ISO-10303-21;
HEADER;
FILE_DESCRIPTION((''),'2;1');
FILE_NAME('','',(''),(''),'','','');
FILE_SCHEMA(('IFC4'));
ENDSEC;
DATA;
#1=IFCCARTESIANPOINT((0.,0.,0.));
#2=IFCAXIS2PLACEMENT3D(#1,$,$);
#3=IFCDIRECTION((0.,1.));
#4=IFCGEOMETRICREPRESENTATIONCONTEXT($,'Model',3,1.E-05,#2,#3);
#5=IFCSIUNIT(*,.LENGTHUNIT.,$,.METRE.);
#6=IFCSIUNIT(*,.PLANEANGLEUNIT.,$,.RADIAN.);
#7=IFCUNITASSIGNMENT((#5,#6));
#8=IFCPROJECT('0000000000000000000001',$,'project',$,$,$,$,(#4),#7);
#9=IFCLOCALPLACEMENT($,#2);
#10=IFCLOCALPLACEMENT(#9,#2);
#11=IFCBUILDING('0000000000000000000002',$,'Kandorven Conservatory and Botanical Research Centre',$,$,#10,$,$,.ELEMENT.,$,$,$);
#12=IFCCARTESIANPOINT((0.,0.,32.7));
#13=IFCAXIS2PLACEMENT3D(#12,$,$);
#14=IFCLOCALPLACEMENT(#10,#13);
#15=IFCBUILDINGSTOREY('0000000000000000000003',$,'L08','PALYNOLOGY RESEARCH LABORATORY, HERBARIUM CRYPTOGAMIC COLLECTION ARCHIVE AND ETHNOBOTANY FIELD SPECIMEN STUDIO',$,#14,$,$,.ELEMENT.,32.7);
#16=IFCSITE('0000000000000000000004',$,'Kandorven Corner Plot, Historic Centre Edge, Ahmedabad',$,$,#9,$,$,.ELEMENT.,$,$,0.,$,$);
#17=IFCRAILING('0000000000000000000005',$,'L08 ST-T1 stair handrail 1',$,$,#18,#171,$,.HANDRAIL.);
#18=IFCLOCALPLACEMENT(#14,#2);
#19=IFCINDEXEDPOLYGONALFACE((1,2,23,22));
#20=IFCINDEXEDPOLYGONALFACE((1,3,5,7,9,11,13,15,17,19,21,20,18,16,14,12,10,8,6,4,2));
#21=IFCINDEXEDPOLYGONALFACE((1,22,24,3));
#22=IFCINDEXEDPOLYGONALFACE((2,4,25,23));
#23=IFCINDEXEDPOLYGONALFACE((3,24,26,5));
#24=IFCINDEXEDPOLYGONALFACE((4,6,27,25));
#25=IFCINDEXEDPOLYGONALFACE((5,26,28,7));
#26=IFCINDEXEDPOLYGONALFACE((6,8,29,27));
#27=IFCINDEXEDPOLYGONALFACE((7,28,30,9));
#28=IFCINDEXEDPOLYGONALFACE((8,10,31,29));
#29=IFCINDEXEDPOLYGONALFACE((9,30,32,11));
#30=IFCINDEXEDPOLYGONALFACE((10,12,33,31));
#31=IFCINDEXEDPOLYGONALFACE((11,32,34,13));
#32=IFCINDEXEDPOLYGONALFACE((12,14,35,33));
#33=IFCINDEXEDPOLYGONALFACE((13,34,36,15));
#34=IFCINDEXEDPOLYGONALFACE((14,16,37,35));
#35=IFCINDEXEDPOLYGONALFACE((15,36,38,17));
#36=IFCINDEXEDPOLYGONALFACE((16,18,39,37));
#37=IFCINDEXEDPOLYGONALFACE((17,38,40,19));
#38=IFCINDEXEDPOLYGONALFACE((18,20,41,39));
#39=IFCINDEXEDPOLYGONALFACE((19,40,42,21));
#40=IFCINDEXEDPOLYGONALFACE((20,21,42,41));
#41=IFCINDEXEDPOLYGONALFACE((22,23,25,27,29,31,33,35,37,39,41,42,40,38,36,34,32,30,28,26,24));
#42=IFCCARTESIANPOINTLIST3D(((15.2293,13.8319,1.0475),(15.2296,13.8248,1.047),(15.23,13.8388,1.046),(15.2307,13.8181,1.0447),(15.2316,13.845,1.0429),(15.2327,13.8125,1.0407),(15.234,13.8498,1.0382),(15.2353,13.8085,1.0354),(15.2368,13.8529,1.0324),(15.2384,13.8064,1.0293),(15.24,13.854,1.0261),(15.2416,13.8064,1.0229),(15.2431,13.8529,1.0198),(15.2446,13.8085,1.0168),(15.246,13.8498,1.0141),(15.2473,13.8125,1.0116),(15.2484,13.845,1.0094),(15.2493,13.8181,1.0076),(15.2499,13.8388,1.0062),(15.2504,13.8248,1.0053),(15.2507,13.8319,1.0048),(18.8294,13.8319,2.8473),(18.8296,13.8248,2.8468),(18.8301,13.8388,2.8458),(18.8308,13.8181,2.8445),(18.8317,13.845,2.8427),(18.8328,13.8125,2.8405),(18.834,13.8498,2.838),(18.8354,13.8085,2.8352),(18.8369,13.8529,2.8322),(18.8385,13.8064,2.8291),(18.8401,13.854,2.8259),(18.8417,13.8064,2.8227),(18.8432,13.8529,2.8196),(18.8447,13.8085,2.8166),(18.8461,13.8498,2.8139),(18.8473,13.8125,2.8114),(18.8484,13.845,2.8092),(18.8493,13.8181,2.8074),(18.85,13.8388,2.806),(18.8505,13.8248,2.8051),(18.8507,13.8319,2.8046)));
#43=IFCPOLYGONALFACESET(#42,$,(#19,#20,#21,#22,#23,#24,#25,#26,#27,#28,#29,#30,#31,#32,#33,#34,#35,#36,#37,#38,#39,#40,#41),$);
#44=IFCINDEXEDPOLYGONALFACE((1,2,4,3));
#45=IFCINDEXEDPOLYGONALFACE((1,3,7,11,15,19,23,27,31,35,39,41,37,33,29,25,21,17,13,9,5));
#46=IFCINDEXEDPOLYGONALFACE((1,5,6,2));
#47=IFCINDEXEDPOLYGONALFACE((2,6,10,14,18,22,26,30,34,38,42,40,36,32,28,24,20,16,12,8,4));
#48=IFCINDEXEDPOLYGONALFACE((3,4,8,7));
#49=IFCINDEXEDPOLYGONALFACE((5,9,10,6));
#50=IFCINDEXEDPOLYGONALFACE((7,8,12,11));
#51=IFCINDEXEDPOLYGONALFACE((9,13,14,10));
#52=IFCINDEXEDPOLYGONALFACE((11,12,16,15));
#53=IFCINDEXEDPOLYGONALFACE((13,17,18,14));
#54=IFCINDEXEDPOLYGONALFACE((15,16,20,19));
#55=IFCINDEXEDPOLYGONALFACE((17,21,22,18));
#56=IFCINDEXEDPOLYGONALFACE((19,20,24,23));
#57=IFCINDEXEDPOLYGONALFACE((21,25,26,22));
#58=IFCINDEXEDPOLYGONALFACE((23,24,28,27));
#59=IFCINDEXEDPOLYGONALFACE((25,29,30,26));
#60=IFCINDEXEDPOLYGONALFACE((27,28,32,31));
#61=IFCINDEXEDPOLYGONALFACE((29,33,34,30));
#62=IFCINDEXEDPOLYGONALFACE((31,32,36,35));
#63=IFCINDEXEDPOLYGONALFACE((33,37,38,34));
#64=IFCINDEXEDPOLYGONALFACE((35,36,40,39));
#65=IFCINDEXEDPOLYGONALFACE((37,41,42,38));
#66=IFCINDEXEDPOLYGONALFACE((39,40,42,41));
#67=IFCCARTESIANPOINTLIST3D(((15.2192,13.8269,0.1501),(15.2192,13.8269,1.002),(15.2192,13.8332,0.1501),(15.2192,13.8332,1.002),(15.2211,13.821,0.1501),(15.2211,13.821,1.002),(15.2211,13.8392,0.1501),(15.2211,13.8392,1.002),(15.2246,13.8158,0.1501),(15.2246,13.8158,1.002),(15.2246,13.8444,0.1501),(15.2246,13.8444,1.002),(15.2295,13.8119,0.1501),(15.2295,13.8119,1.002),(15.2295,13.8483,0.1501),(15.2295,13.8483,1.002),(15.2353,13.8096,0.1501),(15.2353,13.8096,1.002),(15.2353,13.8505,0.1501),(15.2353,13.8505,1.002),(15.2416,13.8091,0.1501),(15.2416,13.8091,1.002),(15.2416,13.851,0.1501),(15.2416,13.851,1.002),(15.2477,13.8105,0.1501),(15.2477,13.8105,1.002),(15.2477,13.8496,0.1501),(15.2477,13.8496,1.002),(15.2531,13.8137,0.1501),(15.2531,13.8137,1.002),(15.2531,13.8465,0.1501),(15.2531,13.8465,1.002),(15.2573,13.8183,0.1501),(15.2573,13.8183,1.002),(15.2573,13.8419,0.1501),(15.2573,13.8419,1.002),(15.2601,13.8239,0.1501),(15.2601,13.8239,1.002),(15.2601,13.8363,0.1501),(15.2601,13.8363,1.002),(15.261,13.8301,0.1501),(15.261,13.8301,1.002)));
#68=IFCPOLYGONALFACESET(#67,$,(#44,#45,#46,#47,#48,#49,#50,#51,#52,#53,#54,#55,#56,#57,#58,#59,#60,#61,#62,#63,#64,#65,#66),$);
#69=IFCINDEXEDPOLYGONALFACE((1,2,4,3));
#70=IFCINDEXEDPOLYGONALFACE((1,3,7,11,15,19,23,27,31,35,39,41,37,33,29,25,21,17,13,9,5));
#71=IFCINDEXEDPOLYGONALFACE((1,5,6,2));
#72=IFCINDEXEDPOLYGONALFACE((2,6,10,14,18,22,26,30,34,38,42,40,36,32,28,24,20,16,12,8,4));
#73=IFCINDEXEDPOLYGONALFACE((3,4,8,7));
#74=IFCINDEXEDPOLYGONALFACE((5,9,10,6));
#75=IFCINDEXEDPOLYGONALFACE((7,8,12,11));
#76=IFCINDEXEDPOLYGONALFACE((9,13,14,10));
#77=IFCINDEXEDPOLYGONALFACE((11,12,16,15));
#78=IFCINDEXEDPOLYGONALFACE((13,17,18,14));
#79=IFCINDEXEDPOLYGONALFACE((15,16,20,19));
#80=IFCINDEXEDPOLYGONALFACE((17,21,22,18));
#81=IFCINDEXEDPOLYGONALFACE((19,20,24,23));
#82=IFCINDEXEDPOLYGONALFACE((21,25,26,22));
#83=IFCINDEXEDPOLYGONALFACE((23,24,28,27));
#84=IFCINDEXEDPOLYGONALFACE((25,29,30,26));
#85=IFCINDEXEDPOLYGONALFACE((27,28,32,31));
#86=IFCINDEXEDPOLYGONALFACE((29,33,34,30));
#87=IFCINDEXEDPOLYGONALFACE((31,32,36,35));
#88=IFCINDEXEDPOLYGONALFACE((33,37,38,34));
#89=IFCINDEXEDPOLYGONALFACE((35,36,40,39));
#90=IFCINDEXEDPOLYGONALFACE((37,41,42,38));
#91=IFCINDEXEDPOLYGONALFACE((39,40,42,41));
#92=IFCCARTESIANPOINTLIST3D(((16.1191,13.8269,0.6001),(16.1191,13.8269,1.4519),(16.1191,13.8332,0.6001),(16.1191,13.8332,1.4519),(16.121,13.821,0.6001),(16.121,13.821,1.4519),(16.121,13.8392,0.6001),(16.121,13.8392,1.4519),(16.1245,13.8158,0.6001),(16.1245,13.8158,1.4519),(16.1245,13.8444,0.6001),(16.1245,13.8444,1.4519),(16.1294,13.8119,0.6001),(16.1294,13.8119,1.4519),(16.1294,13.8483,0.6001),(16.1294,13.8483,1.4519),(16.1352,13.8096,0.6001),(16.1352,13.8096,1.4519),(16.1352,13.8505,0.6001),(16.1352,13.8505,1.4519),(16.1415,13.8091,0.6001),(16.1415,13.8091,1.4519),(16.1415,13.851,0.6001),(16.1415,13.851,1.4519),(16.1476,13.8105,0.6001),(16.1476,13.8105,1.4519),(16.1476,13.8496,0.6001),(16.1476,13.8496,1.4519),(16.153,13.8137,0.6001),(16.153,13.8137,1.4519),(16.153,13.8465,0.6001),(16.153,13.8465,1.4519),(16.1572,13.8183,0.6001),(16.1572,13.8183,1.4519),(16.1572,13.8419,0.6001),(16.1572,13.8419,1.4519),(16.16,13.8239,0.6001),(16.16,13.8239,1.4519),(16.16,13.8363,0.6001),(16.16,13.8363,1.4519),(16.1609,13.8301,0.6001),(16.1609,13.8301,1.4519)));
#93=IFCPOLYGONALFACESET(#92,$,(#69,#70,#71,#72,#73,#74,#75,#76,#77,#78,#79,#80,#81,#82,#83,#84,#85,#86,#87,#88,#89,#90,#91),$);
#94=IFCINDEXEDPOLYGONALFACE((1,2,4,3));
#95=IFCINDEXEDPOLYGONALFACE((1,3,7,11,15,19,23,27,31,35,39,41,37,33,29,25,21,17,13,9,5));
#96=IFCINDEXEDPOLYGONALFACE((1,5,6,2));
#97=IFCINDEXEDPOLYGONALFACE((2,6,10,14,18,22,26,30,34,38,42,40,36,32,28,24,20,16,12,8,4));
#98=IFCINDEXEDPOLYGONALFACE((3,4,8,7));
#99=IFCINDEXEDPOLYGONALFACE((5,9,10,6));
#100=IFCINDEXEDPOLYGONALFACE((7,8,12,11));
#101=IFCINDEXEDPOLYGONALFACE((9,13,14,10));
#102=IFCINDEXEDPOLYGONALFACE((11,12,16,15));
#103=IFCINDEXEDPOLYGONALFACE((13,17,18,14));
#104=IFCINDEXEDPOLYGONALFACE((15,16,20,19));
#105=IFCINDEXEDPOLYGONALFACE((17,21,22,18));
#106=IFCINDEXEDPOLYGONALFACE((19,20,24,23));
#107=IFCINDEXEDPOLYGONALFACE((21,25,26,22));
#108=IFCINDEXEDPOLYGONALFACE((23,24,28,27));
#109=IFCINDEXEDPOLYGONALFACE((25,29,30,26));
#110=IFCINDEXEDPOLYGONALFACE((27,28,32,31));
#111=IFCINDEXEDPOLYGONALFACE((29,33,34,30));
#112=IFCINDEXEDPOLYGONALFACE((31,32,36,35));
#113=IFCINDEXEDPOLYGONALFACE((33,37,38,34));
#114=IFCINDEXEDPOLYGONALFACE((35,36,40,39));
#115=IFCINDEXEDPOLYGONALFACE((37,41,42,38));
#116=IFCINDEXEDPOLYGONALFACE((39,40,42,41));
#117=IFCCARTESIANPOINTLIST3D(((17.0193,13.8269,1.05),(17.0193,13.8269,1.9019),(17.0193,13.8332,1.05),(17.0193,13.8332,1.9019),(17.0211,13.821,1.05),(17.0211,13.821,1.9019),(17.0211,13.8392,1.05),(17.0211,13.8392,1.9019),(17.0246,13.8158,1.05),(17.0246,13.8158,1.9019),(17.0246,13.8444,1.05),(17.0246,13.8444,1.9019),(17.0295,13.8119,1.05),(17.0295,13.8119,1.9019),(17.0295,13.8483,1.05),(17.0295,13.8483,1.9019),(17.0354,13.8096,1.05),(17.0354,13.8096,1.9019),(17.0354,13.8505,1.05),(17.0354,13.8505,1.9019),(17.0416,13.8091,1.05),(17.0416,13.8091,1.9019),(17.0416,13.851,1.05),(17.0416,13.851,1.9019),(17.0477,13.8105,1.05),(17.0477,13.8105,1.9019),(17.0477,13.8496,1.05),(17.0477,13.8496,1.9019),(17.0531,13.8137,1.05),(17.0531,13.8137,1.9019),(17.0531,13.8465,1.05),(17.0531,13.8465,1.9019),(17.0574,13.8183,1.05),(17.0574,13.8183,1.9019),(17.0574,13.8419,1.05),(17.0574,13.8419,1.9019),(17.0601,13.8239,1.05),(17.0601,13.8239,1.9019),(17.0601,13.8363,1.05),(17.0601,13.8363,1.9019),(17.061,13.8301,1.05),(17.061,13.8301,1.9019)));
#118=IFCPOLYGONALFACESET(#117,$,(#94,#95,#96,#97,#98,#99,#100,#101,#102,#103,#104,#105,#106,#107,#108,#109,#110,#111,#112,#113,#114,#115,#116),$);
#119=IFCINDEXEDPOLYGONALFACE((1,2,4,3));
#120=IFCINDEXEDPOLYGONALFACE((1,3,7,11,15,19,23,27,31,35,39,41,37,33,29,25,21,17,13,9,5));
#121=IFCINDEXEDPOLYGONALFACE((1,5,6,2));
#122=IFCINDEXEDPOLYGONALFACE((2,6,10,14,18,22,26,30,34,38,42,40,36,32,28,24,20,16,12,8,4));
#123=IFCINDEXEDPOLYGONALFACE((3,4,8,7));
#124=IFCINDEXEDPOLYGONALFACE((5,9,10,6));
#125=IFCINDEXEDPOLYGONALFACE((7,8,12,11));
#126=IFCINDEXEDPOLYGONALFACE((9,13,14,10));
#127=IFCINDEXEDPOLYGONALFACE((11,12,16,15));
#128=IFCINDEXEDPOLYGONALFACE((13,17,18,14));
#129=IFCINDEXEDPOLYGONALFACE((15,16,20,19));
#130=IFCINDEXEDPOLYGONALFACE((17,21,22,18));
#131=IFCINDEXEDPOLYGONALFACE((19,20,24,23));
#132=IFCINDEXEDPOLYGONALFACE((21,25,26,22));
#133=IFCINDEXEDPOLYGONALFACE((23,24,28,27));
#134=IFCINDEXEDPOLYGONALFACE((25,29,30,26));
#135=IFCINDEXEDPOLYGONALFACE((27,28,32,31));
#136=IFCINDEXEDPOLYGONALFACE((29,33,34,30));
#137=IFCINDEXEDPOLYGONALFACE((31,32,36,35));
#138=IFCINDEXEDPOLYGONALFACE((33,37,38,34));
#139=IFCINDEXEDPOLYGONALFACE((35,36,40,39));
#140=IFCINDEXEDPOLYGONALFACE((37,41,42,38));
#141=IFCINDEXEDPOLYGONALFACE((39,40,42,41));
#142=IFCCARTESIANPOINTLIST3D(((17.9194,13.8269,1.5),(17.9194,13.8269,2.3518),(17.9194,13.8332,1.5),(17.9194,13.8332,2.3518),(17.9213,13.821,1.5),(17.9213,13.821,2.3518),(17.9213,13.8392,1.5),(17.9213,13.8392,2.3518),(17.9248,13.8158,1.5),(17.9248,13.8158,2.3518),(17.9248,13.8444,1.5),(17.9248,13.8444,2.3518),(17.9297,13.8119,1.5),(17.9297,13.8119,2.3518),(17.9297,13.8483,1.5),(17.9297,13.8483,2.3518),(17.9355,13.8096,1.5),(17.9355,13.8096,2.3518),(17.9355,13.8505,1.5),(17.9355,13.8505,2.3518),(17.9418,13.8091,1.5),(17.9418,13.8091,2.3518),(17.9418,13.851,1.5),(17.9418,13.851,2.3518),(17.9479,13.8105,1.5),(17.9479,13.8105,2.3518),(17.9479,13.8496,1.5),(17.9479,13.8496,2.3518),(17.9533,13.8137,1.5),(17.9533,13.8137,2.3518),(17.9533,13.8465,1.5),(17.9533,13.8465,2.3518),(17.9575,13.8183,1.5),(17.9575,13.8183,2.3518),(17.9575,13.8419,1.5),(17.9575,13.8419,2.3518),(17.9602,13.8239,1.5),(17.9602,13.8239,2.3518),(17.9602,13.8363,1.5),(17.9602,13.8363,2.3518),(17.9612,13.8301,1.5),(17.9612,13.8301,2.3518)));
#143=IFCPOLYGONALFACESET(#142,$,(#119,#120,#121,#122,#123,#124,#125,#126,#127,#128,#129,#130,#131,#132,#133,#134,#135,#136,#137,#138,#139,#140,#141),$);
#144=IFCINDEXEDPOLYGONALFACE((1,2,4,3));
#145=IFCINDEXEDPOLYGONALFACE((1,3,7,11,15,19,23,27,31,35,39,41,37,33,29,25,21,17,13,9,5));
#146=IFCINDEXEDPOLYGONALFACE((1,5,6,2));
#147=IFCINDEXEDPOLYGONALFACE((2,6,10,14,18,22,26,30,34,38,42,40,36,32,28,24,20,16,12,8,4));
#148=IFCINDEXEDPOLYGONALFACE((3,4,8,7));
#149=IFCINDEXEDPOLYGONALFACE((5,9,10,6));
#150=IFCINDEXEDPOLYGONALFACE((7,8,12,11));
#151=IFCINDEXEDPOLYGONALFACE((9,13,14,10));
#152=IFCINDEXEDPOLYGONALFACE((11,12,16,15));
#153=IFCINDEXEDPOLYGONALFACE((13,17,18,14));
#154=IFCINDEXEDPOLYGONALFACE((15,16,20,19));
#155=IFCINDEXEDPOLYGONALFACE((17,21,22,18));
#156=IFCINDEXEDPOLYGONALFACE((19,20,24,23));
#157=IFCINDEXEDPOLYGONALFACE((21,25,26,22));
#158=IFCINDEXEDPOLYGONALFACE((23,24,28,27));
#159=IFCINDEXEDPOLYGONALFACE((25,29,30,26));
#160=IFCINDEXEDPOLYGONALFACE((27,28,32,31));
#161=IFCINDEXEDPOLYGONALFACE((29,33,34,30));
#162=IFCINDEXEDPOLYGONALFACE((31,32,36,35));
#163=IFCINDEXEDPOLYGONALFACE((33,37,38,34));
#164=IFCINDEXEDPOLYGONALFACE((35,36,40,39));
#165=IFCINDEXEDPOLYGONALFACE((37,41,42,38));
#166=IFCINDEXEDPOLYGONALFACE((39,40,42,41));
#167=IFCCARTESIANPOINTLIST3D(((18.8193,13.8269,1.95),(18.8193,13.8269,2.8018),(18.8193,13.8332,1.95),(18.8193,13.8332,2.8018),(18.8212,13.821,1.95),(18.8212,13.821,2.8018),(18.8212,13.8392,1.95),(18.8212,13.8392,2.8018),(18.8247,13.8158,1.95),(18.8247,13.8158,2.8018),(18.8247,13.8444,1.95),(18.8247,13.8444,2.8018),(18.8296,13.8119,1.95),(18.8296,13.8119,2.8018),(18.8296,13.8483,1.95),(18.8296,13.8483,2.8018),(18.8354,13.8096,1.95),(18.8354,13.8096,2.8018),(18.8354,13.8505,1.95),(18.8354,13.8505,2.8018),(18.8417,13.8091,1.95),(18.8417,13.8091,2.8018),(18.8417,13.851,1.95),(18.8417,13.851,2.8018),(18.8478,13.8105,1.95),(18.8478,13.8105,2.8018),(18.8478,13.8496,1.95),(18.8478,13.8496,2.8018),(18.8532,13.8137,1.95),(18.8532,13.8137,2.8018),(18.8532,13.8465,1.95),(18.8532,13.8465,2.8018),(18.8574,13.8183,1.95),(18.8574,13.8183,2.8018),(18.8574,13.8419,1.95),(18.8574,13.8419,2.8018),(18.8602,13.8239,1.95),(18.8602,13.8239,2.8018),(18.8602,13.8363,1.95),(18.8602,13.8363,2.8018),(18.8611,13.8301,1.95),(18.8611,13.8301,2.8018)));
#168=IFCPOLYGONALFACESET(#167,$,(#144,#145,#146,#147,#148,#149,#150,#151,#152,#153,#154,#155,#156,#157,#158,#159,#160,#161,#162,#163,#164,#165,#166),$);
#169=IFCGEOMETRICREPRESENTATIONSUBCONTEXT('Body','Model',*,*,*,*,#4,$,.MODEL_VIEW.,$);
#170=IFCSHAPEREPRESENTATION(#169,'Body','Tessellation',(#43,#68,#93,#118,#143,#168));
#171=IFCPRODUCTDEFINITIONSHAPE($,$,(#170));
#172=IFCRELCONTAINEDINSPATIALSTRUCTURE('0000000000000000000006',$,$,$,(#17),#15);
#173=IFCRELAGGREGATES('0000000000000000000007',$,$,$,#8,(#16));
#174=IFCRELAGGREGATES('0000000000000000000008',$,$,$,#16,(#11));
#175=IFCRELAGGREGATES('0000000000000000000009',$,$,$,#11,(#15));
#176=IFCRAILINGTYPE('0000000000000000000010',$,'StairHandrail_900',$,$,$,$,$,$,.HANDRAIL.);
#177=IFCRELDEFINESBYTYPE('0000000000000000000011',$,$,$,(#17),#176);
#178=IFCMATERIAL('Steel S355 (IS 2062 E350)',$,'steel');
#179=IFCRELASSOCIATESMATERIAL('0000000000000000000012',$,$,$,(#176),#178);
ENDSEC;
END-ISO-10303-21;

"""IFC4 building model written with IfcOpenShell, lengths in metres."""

from ifc_helpers import new_model, si_unit, direction, frame, origin, origin_2d, place, context, subcontext, project, spatial, circle, extrude, material, type_object, element, save


model = new_model("IFC4")

# Units and contexts
model_context = context("Model", 3, precision=1e-05, world=origin(), true_north=direction((0.0, 1.0)))
body_context = subcontext(model_context, "Body", "Model", "MODEL_VIEW")
ifc_project = project(units=[si_unit("LENGTHUNIT", "METRE"), si_unit("PLANEANGLEUNIT", "RADIAN")], contexts=[model_context])

# Site, building, storey
site_placement = place(None, origin())
site = spatial("IfcSite", under=ifc_project, at=site_placement, Name="Kandorven Corner Plot, Historic Centre Edge, Ahmedabad", CompositionType="ELEMENT", RefElevation=0.0)
building_placement = place(site_placement, origin())
building = spatial("IfcBuilding", under=site, at=building_placement, Name="Kandorven Conservatory and Botanical Research Centre", CompositionType="ELEMENT")
storey_placement = place(building_placement, frame((0.0, 0.0, 32.7)))
storey = spatial("IfcBuildingStorey", under=building, at=storey_placement, Name="L08", Description="PALYNOLOGY RESEARCH LABORATORY, HERBARIUM CRYPTOGAMIC COLLECTION ARCHIVE AND ETHNOBOTANY FIELD SPECIMEN STUDIO", CompositionType="ELEMENT", Elevation=32.7)

# Railing
ifc_material_1 = material(Name="Steel S355 (IS 2062 E350)", Category="steel")
railing_type_1 = type_object("IfcRailingType", Name="StairHandrail_900", PredefinedType="HANDRAIL", material=ifc_material_1)
railing_1_placement = place(storey_placement, frame((15.24, 13.8301, 0.1501)))
element("IfcRailing", 1, at=railing_1_placement, inside=storey, type_object=railing_type_1, Name="L08 ST-T1 stair handrail 1", PredefinedType="HANDRAIL", context=body_context, shape_type="SweptSolid", body=[
    extrude(circle(Radius=0.0239, at=origin_2d()), frame((0.0, 0.0, 0.876), z_axis=(0.894451, 0.0, 0.447165), x_axis=(0.0, 1.0, 0.0)), (0.0, 0.0, 1.0), 4.0249),
    extrude(circle(Radius=0.021, at=origin_2d()), origin(), (0.0, 0.0, 1.0), 0.8518),
    extrude(circle(Radius=0.021, at=origin_2d()), frame((0.8999, 0.0, 0.45)), (0.0, 0.0, 1.0), 0.8518),
    extrude(circle(Radius=0.021, at=origin_2d()), frame((1.8, 0.0, 0.8999)), (0.0, 0.0, 1.0), 0.8518),
    extrude(circle(Radius=0.021, at=origin_2d()), frame((2.7002, 0.0, 1.3499)), (0.0, 0.0, 1.0), 0.8518),
    extrude(circle(Radius=0.021, at=origin_2d()), frame((3.6001, 0.0, 1.7998)), (0.0, 0.0, 1.0), 0.8518),
])

save(model, "model.ifc")
